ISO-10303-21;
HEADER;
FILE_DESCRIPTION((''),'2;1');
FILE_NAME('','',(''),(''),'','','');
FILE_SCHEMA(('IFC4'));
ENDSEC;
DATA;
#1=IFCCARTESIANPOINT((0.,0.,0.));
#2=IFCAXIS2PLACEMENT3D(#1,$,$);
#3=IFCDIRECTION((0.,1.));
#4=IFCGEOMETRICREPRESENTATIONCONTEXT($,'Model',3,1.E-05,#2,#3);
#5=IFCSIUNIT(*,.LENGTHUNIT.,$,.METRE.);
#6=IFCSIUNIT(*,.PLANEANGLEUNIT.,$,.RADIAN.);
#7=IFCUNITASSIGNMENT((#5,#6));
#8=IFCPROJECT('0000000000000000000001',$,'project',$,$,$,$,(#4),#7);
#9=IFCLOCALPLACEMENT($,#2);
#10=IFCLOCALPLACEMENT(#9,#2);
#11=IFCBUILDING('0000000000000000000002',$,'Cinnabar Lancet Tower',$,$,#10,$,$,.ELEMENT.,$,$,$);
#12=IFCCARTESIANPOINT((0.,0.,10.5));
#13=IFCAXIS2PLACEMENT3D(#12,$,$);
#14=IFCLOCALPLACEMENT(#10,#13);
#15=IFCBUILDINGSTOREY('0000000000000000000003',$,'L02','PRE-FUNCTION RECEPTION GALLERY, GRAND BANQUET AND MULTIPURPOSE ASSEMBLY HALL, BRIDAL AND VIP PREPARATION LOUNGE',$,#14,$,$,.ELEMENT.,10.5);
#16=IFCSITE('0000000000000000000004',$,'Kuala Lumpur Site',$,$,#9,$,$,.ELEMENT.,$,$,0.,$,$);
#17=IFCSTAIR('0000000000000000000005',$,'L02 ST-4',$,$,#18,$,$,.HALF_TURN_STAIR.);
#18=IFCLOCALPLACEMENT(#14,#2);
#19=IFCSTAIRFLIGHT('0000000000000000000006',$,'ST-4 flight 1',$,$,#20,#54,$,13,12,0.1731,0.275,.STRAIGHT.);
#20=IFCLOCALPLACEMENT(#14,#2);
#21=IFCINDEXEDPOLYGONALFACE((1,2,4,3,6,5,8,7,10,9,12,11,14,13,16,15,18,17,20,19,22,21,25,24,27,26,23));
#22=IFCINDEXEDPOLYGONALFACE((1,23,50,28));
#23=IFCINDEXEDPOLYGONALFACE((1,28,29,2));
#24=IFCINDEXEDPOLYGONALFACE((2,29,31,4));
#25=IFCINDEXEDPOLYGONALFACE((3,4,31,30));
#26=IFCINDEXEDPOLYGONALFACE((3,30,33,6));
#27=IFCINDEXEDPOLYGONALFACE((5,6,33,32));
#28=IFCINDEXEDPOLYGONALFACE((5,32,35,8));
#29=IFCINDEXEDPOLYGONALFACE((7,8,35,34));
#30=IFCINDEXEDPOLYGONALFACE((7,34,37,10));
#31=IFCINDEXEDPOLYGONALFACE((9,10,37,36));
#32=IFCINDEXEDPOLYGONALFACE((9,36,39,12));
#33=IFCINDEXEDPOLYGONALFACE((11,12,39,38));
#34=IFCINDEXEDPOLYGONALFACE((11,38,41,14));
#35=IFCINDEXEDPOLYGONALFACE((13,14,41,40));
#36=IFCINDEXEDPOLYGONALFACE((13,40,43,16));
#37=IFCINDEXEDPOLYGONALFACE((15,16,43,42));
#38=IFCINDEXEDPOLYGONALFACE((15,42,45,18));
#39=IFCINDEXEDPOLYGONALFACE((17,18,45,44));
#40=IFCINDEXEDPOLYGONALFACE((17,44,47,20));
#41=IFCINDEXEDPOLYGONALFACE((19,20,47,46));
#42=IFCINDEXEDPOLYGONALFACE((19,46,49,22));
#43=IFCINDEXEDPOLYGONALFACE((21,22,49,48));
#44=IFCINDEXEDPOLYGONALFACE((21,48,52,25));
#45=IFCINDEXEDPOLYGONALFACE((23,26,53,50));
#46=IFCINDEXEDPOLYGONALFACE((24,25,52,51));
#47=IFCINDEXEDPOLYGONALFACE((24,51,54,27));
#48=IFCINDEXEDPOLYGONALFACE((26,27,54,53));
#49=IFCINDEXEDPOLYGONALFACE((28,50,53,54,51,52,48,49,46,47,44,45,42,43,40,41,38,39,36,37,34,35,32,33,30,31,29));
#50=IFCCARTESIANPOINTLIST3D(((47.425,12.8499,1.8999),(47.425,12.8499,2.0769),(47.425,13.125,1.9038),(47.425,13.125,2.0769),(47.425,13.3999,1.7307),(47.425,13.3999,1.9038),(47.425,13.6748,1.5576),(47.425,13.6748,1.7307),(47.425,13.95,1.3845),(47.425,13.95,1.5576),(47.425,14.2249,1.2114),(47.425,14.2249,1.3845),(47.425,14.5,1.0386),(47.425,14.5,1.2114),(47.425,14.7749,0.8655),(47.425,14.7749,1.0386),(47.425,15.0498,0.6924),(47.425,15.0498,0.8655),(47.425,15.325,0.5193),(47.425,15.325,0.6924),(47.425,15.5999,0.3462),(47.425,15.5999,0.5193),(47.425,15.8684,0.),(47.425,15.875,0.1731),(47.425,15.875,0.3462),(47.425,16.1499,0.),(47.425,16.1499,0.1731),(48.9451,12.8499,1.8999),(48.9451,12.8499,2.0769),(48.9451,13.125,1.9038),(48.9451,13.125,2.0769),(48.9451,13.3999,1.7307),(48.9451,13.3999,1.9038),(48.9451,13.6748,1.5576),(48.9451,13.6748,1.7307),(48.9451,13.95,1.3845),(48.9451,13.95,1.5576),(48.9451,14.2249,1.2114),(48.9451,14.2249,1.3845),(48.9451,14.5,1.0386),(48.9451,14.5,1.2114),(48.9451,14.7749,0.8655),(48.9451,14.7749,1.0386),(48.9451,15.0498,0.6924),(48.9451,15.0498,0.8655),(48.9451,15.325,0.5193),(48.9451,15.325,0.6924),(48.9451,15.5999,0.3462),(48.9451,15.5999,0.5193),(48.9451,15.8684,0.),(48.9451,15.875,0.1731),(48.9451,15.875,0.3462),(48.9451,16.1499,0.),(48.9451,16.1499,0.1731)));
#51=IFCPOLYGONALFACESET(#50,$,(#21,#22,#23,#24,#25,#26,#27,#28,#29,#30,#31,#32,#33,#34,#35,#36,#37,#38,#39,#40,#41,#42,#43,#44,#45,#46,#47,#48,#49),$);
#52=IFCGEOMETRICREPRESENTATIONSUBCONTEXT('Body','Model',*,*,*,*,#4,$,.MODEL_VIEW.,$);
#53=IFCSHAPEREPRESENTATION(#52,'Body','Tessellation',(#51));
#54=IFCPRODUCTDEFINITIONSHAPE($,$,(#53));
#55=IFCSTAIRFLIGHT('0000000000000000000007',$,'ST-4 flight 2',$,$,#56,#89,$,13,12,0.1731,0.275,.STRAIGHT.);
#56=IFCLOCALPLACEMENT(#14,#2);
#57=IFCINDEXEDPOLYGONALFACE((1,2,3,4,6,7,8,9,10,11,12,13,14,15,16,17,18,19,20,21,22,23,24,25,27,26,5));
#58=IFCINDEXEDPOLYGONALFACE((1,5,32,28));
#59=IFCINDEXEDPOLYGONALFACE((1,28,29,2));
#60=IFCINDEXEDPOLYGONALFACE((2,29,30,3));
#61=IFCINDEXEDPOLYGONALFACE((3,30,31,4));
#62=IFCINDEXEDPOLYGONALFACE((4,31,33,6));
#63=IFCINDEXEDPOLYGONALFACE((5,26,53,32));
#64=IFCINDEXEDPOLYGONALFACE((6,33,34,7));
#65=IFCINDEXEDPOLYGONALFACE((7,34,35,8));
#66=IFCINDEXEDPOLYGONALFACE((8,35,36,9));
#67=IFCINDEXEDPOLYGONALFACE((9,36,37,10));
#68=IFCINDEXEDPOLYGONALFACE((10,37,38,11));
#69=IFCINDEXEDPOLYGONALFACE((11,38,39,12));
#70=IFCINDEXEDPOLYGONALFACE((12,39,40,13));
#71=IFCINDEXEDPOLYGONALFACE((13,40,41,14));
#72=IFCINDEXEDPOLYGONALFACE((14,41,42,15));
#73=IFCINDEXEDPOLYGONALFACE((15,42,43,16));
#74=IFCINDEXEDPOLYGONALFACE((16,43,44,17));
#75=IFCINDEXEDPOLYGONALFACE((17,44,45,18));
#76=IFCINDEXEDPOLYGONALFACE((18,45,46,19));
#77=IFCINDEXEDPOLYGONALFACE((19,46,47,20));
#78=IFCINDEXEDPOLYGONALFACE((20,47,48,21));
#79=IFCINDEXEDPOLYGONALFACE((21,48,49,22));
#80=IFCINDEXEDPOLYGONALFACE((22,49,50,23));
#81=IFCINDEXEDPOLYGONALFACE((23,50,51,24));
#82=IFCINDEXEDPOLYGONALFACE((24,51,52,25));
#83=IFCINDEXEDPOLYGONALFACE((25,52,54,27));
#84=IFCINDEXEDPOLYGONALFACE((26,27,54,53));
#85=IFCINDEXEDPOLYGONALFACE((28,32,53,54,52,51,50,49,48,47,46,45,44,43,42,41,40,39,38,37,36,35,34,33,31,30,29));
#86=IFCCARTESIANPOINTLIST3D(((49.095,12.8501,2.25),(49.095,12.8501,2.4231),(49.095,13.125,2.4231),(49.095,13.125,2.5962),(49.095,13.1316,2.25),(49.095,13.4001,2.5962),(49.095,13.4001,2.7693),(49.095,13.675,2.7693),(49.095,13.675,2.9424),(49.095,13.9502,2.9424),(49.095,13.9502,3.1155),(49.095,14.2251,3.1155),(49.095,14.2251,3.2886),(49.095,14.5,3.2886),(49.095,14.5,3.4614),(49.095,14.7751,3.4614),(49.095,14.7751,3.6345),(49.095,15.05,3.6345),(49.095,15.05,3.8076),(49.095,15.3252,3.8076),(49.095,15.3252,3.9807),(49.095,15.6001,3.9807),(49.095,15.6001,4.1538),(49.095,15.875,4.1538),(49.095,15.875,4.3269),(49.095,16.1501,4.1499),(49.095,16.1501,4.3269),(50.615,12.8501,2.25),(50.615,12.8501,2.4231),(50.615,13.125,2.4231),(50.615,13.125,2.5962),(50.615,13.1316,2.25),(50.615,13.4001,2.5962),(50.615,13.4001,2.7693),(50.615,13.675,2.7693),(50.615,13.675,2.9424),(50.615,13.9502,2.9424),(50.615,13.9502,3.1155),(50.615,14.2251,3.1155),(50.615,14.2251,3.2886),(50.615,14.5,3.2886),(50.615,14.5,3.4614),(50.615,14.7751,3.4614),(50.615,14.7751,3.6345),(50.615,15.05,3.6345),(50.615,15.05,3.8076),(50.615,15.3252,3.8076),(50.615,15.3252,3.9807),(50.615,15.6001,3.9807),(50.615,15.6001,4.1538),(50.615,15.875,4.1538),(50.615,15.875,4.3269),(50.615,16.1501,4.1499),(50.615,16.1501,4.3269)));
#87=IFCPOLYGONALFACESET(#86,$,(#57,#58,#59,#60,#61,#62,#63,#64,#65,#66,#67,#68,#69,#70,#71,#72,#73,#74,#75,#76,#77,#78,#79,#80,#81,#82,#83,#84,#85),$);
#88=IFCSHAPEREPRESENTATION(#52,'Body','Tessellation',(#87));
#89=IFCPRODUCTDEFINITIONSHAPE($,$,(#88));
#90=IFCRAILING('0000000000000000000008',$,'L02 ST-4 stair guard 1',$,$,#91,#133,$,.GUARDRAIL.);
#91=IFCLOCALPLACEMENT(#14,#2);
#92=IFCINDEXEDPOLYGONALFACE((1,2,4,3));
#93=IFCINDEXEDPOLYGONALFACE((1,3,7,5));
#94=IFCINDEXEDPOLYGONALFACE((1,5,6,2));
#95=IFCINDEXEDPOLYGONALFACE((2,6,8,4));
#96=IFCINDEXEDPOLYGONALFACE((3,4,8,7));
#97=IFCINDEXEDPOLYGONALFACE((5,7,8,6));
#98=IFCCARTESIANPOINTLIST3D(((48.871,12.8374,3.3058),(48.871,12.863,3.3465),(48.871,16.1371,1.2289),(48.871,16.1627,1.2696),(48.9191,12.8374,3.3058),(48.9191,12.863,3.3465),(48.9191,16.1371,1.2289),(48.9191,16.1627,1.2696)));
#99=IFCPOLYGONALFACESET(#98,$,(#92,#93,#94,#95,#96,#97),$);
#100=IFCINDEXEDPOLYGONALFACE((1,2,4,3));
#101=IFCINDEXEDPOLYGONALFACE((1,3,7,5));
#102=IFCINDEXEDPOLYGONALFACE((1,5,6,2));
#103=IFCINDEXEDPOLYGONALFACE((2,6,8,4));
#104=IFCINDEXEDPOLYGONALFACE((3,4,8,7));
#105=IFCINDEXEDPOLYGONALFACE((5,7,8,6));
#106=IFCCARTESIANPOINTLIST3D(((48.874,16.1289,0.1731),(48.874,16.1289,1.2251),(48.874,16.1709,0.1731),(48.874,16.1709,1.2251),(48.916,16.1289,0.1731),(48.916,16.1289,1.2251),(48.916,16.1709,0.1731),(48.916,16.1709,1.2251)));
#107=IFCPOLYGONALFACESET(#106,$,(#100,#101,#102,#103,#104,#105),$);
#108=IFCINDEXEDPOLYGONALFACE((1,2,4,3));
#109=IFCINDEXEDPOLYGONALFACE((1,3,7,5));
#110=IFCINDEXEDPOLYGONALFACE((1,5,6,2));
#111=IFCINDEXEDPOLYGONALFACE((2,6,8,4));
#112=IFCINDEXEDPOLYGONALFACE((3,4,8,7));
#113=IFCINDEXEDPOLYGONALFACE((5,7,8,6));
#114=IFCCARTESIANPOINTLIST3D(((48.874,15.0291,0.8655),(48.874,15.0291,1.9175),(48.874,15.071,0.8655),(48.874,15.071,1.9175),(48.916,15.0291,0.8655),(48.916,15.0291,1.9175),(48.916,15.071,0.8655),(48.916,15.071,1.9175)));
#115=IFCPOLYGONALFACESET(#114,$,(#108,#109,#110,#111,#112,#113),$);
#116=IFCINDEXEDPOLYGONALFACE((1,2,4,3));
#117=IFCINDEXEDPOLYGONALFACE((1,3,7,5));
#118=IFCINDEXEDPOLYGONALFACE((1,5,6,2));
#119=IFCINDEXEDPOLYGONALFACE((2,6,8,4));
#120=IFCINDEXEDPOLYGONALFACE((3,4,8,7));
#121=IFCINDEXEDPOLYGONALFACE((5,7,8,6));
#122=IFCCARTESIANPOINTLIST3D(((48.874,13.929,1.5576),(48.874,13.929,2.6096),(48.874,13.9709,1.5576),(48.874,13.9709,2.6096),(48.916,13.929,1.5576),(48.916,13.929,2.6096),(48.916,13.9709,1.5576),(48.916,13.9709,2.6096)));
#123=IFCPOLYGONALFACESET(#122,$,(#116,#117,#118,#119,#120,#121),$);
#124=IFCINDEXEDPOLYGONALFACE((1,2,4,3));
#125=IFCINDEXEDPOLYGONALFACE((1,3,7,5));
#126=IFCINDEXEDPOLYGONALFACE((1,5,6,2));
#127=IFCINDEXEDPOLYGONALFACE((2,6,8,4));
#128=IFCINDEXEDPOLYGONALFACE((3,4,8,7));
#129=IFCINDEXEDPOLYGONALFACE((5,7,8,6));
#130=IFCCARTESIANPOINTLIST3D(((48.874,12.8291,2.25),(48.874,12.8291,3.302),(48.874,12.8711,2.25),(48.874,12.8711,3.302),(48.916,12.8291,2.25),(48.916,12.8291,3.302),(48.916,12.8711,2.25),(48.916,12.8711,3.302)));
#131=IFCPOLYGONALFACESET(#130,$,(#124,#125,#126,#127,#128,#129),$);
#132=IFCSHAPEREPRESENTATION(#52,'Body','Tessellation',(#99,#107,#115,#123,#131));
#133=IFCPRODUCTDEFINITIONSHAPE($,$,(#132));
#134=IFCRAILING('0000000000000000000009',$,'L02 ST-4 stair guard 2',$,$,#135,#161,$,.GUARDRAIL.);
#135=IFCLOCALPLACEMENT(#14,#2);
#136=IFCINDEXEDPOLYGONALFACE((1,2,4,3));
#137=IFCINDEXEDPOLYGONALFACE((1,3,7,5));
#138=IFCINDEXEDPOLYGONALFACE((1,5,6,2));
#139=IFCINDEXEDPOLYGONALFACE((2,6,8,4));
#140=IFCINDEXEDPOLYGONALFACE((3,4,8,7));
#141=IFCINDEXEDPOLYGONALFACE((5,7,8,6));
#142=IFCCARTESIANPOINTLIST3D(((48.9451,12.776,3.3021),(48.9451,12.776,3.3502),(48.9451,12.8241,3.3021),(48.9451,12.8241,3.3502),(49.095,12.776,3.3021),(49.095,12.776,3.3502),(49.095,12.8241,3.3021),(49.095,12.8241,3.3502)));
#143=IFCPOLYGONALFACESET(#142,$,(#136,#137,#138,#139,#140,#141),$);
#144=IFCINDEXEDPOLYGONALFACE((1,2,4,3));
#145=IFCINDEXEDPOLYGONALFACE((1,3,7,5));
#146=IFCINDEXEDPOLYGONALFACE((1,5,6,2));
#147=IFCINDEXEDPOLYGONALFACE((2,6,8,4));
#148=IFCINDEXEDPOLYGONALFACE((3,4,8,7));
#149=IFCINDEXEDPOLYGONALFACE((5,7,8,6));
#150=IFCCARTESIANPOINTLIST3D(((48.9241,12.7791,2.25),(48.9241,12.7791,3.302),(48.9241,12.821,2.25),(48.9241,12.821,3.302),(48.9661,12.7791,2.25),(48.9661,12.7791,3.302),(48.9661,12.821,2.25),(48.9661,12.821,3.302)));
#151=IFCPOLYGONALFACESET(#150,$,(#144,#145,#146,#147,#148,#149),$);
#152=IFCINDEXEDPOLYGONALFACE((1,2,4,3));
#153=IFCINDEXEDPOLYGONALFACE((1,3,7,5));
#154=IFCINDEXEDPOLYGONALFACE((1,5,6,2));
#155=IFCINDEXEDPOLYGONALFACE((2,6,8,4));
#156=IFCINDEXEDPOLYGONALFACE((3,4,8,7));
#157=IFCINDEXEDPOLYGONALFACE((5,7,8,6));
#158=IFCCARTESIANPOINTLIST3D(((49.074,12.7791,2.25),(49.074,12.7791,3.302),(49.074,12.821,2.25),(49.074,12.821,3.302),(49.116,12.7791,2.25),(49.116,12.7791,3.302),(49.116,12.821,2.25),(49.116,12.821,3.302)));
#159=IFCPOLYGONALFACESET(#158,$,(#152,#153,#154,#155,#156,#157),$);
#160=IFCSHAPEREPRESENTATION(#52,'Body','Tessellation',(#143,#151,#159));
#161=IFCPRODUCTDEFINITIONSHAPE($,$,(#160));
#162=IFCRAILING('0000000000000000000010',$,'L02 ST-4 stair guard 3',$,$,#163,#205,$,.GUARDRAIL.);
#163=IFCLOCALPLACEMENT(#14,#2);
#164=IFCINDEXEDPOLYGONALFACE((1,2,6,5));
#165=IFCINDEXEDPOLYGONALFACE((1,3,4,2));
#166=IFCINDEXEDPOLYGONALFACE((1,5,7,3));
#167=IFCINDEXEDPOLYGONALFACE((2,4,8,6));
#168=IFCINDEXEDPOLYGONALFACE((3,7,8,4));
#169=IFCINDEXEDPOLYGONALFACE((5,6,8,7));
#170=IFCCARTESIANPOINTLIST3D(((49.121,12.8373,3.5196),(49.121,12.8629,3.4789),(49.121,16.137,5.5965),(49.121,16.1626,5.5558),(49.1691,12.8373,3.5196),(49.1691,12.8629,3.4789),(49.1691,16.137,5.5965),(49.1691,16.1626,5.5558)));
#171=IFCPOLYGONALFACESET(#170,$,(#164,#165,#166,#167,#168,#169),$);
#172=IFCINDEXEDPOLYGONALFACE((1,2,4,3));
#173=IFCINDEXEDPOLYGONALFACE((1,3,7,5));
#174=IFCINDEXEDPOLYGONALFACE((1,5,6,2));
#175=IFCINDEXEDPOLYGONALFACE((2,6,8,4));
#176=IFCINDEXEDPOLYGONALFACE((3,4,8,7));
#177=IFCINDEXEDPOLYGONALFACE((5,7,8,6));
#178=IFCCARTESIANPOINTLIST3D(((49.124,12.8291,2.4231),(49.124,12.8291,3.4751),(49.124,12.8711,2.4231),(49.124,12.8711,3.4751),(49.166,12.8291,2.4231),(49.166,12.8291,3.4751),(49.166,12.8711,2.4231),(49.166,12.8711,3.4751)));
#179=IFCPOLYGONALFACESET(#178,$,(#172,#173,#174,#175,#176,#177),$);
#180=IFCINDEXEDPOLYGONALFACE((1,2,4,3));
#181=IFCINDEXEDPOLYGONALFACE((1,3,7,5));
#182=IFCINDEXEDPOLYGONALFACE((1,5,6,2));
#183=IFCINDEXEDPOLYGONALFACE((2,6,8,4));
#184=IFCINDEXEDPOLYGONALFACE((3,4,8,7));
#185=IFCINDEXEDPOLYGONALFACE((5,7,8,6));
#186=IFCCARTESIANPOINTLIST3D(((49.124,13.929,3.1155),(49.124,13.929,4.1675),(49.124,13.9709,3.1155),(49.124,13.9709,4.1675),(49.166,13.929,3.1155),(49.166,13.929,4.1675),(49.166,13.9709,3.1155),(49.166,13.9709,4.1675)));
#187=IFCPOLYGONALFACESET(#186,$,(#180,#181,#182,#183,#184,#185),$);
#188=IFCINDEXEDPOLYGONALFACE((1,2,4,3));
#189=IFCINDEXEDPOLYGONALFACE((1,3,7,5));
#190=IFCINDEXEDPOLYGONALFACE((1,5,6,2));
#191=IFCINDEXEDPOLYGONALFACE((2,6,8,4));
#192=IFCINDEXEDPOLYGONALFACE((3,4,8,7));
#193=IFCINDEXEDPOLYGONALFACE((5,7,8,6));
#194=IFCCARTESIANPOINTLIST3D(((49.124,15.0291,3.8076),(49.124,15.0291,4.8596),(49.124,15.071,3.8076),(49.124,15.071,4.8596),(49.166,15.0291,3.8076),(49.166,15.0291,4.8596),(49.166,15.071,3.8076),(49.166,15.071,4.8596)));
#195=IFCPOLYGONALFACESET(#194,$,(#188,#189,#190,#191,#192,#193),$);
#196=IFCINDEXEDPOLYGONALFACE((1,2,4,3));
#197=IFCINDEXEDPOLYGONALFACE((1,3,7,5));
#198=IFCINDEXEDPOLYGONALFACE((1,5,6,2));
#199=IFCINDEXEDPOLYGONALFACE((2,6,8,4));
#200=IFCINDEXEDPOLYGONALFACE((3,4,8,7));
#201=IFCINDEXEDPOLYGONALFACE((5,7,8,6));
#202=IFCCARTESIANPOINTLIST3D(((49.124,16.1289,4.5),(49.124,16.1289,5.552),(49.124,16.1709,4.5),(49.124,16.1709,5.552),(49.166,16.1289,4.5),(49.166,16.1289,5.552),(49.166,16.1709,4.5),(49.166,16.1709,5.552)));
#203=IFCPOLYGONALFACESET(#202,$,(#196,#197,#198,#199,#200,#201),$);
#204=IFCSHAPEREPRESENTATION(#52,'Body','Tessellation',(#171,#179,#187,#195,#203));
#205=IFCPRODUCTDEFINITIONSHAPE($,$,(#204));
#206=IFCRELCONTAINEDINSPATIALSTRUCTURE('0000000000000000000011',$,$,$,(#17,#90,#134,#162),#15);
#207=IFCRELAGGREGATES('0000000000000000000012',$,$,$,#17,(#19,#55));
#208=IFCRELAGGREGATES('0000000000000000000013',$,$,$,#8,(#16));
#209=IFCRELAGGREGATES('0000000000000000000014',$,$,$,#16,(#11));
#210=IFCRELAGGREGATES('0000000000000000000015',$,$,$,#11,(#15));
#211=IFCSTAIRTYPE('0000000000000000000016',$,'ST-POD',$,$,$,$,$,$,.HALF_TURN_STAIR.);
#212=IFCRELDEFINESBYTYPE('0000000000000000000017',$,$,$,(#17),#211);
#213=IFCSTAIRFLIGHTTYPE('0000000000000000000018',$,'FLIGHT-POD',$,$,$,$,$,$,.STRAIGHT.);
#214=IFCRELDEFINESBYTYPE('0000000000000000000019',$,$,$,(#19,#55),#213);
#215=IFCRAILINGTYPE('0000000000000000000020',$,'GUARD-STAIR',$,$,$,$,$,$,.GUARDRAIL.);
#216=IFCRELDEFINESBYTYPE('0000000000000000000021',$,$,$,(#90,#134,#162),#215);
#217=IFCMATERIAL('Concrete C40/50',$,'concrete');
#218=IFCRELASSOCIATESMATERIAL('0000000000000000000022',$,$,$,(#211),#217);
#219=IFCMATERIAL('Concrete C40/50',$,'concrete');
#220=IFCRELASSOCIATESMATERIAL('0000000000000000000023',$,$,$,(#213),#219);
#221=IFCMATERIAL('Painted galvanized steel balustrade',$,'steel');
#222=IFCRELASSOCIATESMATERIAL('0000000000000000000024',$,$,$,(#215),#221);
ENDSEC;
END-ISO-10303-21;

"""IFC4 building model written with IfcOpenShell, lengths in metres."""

from ifc_helpers import new_model, si_unit, direction, frame, origin, origin_2d, place, context, subcontext, project, spatial, polyline, rectangle, outline, extrude, material, type_object, element, aggregate, save


model = new_model("IFC4")

# Units and contexts
model_context = context("Model", 3, precision=1e-05, world=origin(), true_north=direction((0.0, 1.0)))
body_context = subcontext(model_context, "Body", "Model", "MODEL_VIEW")
ifc_project = project(units=[si_unit("LENGTHUNIT", "METRE"), si_unit("PLANEANGLEUNIT", "RADIAN")], contexts=[model_context])

# Site, building, storey
site_placement = place(None, origin())
site = spatial("IfcSite", under=ifc_project, at=site_placement, Name="Kuala Lumpur Site", CompositionType="ELEMENT", RefElevation=0.0)
building_placement = place(site_placement, origin())
building = spatial("IfcBuilding", under=site, at=building_placement, Name="Cinnabar Lancet Tower", CompositionType="ELEMENT")
storey_placement = place(building_placement, frame((0.0, 0.0, 10.5)))
storey = spatial("IfcBuildingStorey", under=building, at=storey_placement, Name="L02", Description="PRE-FUNCTION RECEPTION GALLERY, GRAND BANQUET AND MULTIPURPOSE ASSEMBLY HALL, BRIDAL AND VIP PREPARATION LOUNGE", CompositionType="ELEMENT", Elevation=10.5)

# Stair, stair flights
ifc_material_1 = material(Name="Concrete C40/50", Category="concrete")
stair_type = type_object("IfcStairType", Name="ST-POD", PredefinedType="HALF_TURN_STAIR", material=ifc_material_1)
stair_placement = place(storey_placement, origin())
stair = element("IfcStair", 1, at=stair_placement, inside=storey, type_object=stair_type, Name="L02 ST-4", PredefinedType="HALF_TURN_STAIR")
ifc_material_2 = material(Name="Concrete C40/50", Category="concrete")
stair_flight_type = type_object("IfcStairFlightType", Name="FLIGHT-POD", PredefinedType="STRAIGHT", material=ifc_material_2)
stair_flight_1_placement = place(storey_placement, frame((48.1851, 16.1499, 0.0), z_axis=(0.0, 0.0, 1.0), x_axis=(0.0, -1.0, 0.0)))
stair_flight_1 = element("IfcStairFlight", 2, at=stair_flight_1_placement, type_object=stair_flight_type, Name="ST-4 flight 1", NumberOfRisers=13, NumberOfTreads=12, PredefinedType="STRAIGHT", RiserHeight=0.1731, TreadLength=0.275, context=body_context, shape_type="SweptSolid", body=[
    extrude(outline(polyline([(0.0, 0.0), (0.0, 0.1731), (0.2749, 0.1731), (0.2749, 0.3462), (0.55, 0.3462), (0.55, 0.5193), (0.825, 0.5193), (0.825, 0.6924), (1.1001, 0.6924), (1.1001, 0.8655), (1.375, 0.8655), (1.375, 1.0386), (1.6499, 1.0386), (1.6499, 1.2114), (1.925, 1.2114), (1.925, 1.3845), (2.2, 1.3845), (2.2, 1.5576), (2.4751, 1.5576), (2.4751, 1.7307), (2.75, 1.7307), (2.75, 1.9038), (3.0249, 1.9038), (3.0249, 2.0769), (3.3, 2.0769), (3.3, 2.25), (3.3, 1.8999), (0.2815, 0.0), (0.0, 0.0)])), frame((0.0, 0.76, 0.0), z_axis=(0.0, -1.0, 0.0), x_axis=(1.0, 0.0, 0.0)), (0.0, 0.0, 1.0), 1.52),
])
stair_flight_2_placement = place(storey_placement, frame((49.855, 12.8501, 2.25), z_axis=(0.0, 0.0, 1.0), x_axis=(0.0, 1.0, 0.0)))
stair_flight_2 = element("IfcStairFlight", 3, at=stair_flight_2_placement, type_object=stair_flight_type, Name="ST-4 flight 2", NumberOfRisers=13, NumberOfTreads=12, PredefinedType="STRAIGHT", RiserHeight=0.1731, TreadLength=0.275, context=body_context, shape_type="SweptSolid", body=[
    extrude(outline(polyline([(0.0, 0.0), (0.0, 0.1731), (0.2749, 0.1731), (0.2749, 0.3462), (0.55, 0.3462), (0.55, 0.5193), (0.825, 0.5193), (0.825, 0.6924), (1.1001, 0.6924), (1.1001, 0.8655), (1.375, 0.8655), (1.375, 1.0386), (1.6499, 1.0386), (1.6499, 1.2114), (1.925, 1.2114), (1.925, 1.3845), (2.2, 1.3845), (2.2, 1.5576), (2.4751, 1.5576), (2.4751, 1.7307), (2.75, 1.7307), (2.75, 1.9038), (3.0249, 1.9038), (3.0249, 2.0769), (3.3, 2.0769), (3.3, 2.25), (3.3, 1.8999), (0.2815, 0.0), (0.0, 0.0)])), frame((0.0, 0.76, 0.0), z_axis=(0.0, -1.0, 0.0), x_axis=(1.0, 0.0, 0.0)), (0.0, 0.0, 1.0), 1.52),
])
aggregate(stair, [stair_flight_1, stair_flight_2])

# Railings
ifc_material_3 = material(Name="Painted galvanized steel balustrade", Category="steel")
railing_type_1 = type_object("IfcRailingType", Name="GUARD-STAIR", PredefinedType="GUARDRAIL", material=ifc_material_3)
railing_1_placement = place(storey_placement, frame((48.895, 16.1499, 0.1731)))
element("IfcRailing", 4, at=railing_1_placement, inside=storey, type_object=railing_type_1, Name="L02 ST-4 stair guard 1", PredefinedType="GUARDRAIL", context=body_context, shape_type="SweptSolid", body=[
    extrude(rectangle(XDim=0.0481, YDim=0.0481, at=origin_2d()), frame((0.0, 0.0, 1.0762), z_axis=(0.0, -0.84632, 0.532675), x_axis=(1.0, 0.0, 0.0)), (0.0, 0.0, 1.0), 3.8989),
    extrude(rectangle(XDim=0.042, YDim=0.042, at=origin_2d()), origin(), (0.0, 0.0, 1.0), 1.052),
    extrude(rectangle(XDim=0.042, YDim=0.042, at=origin_2d()), frame((0.0, -1.0999, 0.6924)), (0.0, 0.0, 1.0), 1.052),
    extrude(rectangle(XDim=0.042, YDim=0.042, at=origin_2d()), frame((0.0, -2.2, 1.3845)), (0.0, 0.0, 1.0), 1.052),
    extrude(rectangle(XDim=0.042, YDim=0.042, at=origin_2d()), frame((0.0, -3.2998, 2.0769)), (0.0, 0.0, 1.0), 1.052),
])
railing_2_placement = place(storey_placement, frame((48.9451, 12.8, 2.25)))
element("IfcRailing", 5, at=railing_2_placement, inside=storey, type_object=railing_type_1, Name="L02 ST-4 stair guard 2", PredefinedType="GUARDRAIL", context=body_context, shape_type="SweptSolid", body=[
    extrude(rectangle(XDim=0.0481, YDim=0.0481, at=origin_2d()), frame((0.0, 0.0, 1.0762), z_axis=(1.0, 0.0, 0.0), x_axis=(0.0, 1.0, 0.0)), (0.0, 0.0, 1.0), 0.1499),
    extrude(rectangle(XDim=0.042, YDim=0.042, at=origin_2d()), origin(), (0.0, 0.0, 1.0), 1.052),
    extrude(rectangle(XDim=0.042, YDim=0.042, at=origin_2d()), frame((0.1499, 0.0, 0.0)), (0.0, 0.0, 1.0), 1.052),
])
railing_3_placement = place(storey_placement, frame((49.145, 12.8501, 2.4231)))
element("IfcRailing", 6, at=railing_3_placement, inside=storey, type_object=railing_type_1, Name="L02 ST-4 stair guard 3", PredefinedType="GUARDRAIL", context=body_context, shape_type="SweptSolid", body=[
    extrude(rectangle(XDim=0.0481, YDim=0.0481, at=origin_2d()), frame((0.0, 0.0, 1.0762), z_axis=(0.0, 0.84632, 0.532675), x_axis=(-1.0, 0.0, 0.0)), (0.0, 0.0, 1.0), 3.8989),
    extrude(rectangle(XDim=0.042, YDim=0.042, at=origin_2d()), origin(), (0.0, 0.0, 1.0), 1.052),
    extrude(rectangle(XDim=0.042, YDim=0.042, at=origin_2d()), frame((0.0, 1.0999, 0.6924)), (0.0, 0.0, 1.0), 1.052),
    extrude(rectangle(XDim=0.042, YDim=0.042, at=origin_2d()), frame((0.0, 2.2, 1.3845)), (0.0, 0.0, 1.0), 1.052),
    extrude(rectangle(XDim=0.042, YDim=0.042, at=origin_2d()), frame((0.0, 3.2998, 2.0769)), (0.0, 0.0, 1.0), 1.052),
])

save(model, "model.ifc")
